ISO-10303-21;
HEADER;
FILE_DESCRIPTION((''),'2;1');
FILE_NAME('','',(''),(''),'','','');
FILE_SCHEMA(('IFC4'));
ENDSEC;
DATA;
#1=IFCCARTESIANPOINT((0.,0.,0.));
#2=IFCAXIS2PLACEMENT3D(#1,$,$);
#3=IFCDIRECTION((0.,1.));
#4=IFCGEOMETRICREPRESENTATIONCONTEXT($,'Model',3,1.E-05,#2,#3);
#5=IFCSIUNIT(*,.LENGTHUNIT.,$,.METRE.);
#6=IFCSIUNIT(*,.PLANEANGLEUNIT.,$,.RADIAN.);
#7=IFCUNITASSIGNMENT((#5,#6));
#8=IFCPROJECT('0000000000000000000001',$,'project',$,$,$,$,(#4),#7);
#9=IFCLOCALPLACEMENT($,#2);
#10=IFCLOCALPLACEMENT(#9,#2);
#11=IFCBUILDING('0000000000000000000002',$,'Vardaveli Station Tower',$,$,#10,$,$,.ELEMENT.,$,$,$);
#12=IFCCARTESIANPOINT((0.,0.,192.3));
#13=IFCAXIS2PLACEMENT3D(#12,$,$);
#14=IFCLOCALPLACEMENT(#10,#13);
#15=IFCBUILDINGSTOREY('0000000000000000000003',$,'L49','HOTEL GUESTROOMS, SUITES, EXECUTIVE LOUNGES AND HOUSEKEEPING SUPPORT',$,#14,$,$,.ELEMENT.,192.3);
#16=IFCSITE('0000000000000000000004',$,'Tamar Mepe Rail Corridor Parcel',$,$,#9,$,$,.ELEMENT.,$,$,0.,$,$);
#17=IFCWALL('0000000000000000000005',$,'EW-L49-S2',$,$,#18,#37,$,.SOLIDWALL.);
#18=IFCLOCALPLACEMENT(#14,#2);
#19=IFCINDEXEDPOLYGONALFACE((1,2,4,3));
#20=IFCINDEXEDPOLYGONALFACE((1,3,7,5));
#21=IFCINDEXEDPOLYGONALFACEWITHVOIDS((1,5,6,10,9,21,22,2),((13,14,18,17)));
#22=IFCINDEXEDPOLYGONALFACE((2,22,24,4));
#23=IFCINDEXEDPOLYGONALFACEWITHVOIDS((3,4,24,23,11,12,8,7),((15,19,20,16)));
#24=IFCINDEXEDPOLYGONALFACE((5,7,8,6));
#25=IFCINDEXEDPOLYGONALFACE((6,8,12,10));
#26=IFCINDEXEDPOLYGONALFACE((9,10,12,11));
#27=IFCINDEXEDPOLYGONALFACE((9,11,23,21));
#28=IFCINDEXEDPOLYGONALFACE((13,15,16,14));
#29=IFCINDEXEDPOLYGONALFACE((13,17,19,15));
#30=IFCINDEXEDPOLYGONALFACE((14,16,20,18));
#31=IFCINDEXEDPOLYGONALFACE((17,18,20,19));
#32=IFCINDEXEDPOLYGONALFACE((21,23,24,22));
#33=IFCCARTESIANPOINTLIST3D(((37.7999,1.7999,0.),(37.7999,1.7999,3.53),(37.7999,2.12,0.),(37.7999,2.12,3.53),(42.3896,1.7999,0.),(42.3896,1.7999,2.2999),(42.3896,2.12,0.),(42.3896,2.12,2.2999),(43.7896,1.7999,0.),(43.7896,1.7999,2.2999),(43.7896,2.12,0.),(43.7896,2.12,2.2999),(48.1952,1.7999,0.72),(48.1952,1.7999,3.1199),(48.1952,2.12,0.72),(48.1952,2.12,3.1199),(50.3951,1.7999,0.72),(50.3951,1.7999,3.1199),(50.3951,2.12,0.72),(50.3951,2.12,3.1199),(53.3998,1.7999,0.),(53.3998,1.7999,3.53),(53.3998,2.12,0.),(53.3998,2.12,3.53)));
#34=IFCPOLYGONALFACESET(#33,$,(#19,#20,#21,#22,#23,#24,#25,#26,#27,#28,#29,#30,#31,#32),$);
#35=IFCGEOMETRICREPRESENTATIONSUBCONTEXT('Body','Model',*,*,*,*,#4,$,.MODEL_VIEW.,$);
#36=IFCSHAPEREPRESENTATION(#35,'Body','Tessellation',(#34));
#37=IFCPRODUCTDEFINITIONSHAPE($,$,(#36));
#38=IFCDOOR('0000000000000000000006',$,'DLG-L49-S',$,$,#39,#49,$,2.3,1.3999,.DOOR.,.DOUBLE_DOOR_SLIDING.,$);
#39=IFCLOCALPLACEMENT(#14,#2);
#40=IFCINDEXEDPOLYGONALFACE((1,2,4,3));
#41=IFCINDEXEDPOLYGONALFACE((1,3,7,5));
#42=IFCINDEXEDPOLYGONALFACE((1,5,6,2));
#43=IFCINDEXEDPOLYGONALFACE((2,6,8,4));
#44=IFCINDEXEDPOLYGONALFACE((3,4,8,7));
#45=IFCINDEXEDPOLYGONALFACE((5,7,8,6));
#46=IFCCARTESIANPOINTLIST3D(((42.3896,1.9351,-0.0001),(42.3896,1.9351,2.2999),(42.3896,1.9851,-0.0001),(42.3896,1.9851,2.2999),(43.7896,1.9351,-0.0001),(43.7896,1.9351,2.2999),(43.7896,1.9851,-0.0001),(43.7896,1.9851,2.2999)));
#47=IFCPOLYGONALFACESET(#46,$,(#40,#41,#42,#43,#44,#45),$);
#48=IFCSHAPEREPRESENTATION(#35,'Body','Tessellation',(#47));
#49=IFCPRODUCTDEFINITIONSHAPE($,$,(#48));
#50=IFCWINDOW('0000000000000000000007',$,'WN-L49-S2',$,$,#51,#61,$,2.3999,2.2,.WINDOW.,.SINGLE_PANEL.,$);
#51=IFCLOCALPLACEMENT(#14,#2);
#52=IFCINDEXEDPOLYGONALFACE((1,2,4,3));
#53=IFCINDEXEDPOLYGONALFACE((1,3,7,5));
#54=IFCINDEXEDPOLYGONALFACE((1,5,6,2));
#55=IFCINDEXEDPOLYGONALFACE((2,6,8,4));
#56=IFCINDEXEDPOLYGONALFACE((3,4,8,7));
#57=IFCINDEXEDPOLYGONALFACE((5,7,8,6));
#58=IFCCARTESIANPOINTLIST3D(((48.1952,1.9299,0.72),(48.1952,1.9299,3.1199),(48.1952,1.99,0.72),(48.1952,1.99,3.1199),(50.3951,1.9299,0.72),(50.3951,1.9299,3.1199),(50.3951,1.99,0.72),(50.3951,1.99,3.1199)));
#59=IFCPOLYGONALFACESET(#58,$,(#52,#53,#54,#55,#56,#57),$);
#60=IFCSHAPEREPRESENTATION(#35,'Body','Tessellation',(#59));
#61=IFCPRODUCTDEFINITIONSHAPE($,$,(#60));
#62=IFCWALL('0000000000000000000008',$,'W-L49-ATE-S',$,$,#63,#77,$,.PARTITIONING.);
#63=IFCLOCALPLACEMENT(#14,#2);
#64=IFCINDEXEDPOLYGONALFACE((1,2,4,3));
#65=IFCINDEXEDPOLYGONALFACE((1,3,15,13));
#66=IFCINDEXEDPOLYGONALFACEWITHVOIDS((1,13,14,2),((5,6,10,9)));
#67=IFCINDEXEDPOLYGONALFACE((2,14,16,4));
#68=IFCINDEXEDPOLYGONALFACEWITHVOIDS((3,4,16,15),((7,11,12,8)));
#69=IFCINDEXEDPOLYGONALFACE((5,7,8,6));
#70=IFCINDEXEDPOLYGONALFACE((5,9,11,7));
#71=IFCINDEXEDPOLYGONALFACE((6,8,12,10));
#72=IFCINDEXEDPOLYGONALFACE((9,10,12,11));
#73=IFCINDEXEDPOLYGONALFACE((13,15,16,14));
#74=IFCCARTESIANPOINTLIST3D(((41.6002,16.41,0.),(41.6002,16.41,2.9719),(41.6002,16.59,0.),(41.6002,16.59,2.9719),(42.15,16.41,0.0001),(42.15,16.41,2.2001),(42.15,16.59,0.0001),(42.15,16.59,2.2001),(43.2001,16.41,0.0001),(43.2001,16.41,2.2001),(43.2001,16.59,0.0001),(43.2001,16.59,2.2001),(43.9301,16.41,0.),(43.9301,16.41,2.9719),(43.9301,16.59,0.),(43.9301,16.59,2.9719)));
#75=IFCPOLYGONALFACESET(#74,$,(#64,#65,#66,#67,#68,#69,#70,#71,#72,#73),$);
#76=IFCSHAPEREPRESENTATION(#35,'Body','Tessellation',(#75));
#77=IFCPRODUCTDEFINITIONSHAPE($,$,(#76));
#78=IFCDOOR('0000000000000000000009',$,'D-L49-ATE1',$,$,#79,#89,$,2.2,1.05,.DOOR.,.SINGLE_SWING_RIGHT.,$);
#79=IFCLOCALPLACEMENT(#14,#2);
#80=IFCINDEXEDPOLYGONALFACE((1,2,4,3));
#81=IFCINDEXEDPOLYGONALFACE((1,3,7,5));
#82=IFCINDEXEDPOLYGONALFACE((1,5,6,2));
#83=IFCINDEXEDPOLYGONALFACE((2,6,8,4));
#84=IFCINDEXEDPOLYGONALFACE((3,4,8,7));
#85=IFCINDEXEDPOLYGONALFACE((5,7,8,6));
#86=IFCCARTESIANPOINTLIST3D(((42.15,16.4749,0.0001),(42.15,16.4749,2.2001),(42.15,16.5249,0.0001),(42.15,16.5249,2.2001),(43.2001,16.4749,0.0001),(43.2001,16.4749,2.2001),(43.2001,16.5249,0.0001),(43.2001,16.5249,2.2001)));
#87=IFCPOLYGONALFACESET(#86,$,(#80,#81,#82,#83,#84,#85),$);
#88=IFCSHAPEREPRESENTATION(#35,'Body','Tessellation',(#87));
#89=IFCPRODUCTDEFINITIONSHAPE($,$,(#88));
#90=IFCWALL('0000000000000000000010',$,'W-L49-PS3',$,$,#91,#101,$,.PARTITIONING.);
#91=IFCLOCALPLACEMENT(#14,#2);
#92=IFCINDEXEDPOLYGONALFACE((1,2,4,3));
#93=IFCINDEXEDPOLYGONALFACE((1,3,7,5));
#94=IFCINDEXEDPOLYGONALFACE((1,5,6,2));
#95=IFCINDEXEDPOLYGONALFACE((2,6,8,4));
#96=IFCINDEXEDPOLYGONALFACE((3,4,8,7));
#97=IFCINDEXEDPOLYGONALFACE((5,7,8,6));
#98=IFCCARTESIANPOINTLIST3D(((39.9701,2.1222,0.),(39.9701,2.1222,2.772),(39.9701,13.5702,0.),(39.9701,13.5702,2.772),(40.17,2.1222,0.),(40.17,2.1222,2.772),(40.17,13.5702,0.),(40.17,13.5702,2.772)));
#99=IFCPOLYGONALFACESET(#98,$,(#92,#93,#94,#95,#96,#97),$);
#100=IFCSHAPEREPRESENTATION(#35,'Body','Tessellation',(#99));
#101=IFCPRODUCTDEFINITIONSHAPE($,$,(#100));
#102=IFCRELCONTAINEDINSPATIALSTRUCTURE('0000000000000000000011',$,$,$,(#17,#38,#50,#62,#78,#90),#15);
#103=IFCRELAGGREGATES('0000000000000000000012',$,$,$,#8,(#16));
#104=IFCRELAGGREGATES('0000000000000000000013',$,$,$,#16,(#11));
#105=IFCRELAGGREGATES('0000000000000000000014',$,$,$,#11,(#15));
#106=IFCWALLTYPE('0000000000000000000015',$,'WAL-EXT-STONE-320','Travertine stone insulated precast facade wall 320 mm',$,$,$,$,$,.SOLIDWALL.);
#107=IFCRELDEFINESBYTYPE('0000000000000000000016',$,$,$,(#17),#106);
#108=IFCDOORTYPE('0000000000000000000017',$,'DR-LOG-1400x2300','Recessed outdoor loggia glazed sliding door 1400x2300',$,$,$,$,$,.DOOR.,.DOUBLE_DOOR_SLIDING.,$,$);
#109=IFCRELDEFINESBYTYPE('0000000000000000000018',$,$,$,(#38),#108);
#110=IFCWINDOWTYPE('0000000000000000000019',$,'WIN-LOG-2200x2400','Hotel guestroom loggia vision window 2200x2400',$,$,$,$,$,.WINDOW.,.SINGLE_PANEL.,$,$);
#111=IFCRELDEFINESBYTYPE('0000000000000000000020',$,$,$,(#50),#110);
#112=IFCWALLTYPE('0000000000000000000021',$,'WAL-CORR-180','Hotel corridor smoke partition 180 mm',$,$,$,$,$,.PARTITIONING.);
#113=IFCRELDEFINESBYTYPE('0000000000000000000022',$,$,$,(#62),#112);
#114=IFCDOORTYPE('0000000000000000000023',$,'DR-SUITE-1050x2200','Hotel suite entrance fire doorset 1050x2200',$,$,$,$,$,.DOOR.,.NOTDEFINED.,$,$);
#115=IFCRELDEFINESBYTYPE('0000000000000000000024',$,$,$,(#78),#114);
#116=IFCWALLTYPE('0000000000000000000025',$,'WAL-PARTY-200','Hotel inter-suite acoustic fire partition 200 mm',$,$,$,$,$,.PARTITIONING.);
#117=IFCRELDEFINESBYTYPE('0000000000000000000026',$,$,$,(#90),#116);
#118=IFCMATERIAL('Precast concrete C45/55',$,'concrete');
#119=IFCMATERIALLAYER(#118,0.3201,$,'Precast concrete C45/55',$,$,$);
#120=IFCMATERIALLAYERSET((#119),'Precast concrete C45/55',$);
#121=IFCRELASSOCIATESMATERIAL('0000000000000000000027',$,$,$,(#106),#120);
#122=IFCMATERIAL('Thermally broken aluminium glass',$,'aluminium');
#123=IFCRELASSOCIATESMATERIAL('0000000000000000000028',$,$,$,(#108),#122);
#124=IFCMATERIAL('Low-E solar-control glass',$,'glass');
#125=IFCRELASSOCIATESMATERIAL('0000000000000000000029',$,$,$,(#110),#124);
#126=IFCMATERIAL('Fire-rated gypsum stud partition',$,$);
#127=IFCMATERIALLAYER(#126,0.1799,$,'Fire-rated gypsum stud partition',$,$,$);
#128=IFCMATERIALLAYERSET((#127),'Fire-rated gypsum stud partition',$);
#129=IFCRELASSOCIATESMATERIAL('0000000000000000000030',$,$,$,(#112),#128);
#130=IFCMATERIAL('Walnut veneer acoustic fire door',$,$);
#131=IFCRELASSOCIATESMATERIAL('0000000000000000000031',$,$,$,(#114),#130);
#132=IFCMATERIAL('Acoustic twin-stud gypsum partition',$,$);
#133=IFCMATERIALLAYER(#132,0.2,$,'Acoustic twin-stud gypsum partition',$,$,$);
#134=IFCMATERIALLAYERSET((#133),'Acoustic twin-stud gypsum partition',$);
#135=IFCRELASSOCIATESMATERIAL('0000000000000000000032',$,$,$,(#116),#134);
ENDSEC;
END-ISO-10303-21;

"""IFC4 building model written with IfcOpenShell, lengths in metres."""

from ifc_helpers import new_model, si_unit, direction, frame, frame_2d, origin, place, context, subcontext, project, spatial, rectangle, extrude, source, transform, mapped, material, layer, layer_set, type_object, element, fill, save


model = new_model("IFC4")

# Units and contexts
model_context = context("Model", 3, precision=1e-05, world=origin(), true_north=direction((0.0, 1.0)))
body_context = subcontext(model_context, "Body", "Model", "MODEL_VIEW")
ifc_project = project(units=[si_unit("LENGTHUNIT", "METRE"), si_unit("PLANEANGLEUNIT", "RADIAN")], contexts=[model_context])

# Site, building, storey
site_placement = place(None, origin())
site = spatial("IfcSite", under=ifc_project, at=site_placement, Name="Tamar Mepe Rail Corridor Parcel", CompositionType="ELEMENT", RefElevation=0.0)
building_placement = place(site_placement, origin())
building = spatial("IfcBuilding", under=site, at=building_placement, Name="Vardaveli Station Tower", CompositionType="ELEMENT")
storey_placement = place(building_placement, frame((0.0, 0.0, 192.3)))
storey = spatial("IfcBuildingStorey", under=building, at=storey_placement, Name="L49", Description="HOTEL GUESTROOMS, SUITES, EXECUTIVE LOUNGES AND HOUSEKEEPING SUPPORT", CompositionType="ELEMENT", Elevation=192.3)

# Shared definitions
ifc_material_1 = material(Name="Precast concrete C45/55", Category="concrete")

# Wall, openings, door, window
ifc_layer_1 = layer(ifc_material_1, 0.3201, Name="Precast concrete C45/55")
ifc_layer_set_1 = layer_set([ifc_layer_1], Name="Precast concrete C45/55")
wall_type_1 = type_object("IfcWallType", Name="WAL-EXT-STONE-320", Description="Travertine stone insulated precast facade wall 320 mm", PredefinedType="SOLIDWALL", material=ifc_layer_set_1)
shared_shape_1 = source(origin(), body_context, "Body", "SweptSolid", [
    extrude(rectangle(XDim=15.5999, YDim=0.3201, at=frame_2d((7.7998, 0.0))), origin(), (0.0, 0.0, 1.0), 3.53),
])
wall_1_placement = place(storey_placement, frame((37.8, 1.96, 0.0), z_axis=(0.0, 0.0, 1.0), x_axis=(1.0, 0.0, 0.0)))
wall_1 = element("IfcWall", 1, at=wall_1_placement, inside=storey, type_object=wall_type_1, Name="EW-L49-S2", PredefinedType="SOLIDWALL", context=body_context, shape_type="MappedRepresentation", body=[
    mapped(shared_shape_1, transform((0.0, 0.0, 0.0), scale=1.0)),
])
shared_shape_2 = source(origin(), body_context, "Body", "SweptSolid", [
    extrude(rectangle(XDim=1.3999, YDim=2.3, at=frame_2d((0.7, 1.1499))), frame((0.0, 0.1699, 0.0), z_axis=(0.0, -1.0, 0.0), x_axis=(1.0, 0.0, 0.0)), (0.0, 0.0, 1.0), 0.3401),
])
opening_1_placement = place(wall_1_placement, frame((4.5896, 0.0, 0.0)))
opening_1 = element("IfcOpeningElement", 2, at=opening_1_placement, cuts=wall_1, PredefinedType="OPENING", context=body_context, shape_type="MappedRepresentation", body=[
    mapped(shared_shape_2, transform((0.0, 0.0, 0.0), scale=1.0)),
])
shared_shape_3 = source(origin(), body_context, "Body", "SweptSolid", [
    extrude(rectangle(XDim=2.2, YDim=2.3999, at=frame_2d((1.1001, 1.2))), frame((0.0, 0.1699, 0.0), z_axis=(0.0, -1.0, 0.0), x_axis=(1.0, 0.0, 0.0)), (0.0, 0.0, 1.0), 0.3401),
])
opening_2_placement = place(wall_1_placement, frame((10.395, 0.0, 0.72)))
opening_2 = element("IfcOpeningElement", 3, at=opening_2_placement, cuts=wall_1, PredefinedType="OPENING", context=body_context, shape_type="MappedRepresentation", body=[
    mapped(shared_shape_3, transform((0.0, 0.0, 0.0), scale=1.0)),
])
ifc_material_2 = material(Name="Thermally broken aluminium glass", Category="aluminium")
door_type_1 = type_object("IfcDoorType", Name="DR-LOG-1400x2300", Description="Recessed outdoor loggia glazed sliding door 1400x2300", OperationType="DOUBLE_DOOR_SLIDING", PredefinedType="DOOR", material=ifc_material_2)
shared_shape_4 = source(origin(), body_context, "Body", "SweptSolid", [
    extrude(rectangle(XDim=1.3999, YDim=2.3, at=frame_2d((0.7, 1.1499))), frame((0.0, 0.0249, 0.0), z_axis=(0.0, -1.0, 0.0), x_axis=(1.0, 0.0, 0.0)), (0.0, 0.0, 1.0), 0.05),
])
door_1_placement = place(opening_1_placement, frame((1.3999, 0.0, 0.0), z_axis=(0.0, 0.0, 1.0), x_axis=(-1.0, 0.0, 0.0)))
door_1 = element("IfcDoor", 4, at=door_1_placement, inside=storey, type_object=door_type_1, Name="DLG-L49-S", OperationType="DOUBLE_DOOR_SLIDING", OverallHeight=2.3, OverallWidth=1.3999, PredefinedType="DOOR", context=body_context, shape_type="MappedRepresentation", body=[
    mapped(shared_shape_4, transform((0.0, 0.0, 0.0), scale=1.0)),
])
fill(opening_1, door_1)
ifc_material_3 = material(Name="Low-E solar-control glass", Category="glass")
window_type = type_object("IfcWindowType", Name="WIN-LOG-2200x2400", Description="Hotel guestroom loggia vision window 2200x2400", PartitioningType="SINGLE_PANEL", PredefinedType="WINDOW", material=ifc_material_3)
shared_shape_5 = source(origin(), body_context, "Body", "SweptSolid", [
    extrude(rectangle(XDim=2.2, YDim=2.3999, at=frame_2d((1.1001, 1.2))), frame((0.0, 0.03, 0.0), z_axis=(0.0, -1.0, 0.0), x_axis=(1.0, 0.0, 0.0)), (0.0, 0.0, 1.0), 0.0601),
])
window_placement = place(opening_2_placement, origin())
window = element("IfcWindow", 5, at=window_placement, inside=storey, type_object=window_type, Name="WN-L49-S2", OverallHeight=2.3999, OverallWidth=2.2, PartitioningType="SINGLE_PANEL", PredefinedType="WINDOW", context=body_context, shape_type="MappedRepresentation", body=[
    mapped(shared_shape_5, transform((0.0, 0.0, 0.0), scale=1.0)),
])
fill(opening_2, window)

# Wall, opening, door
ifc_material_4 = material(Name="Fire-rated gypsum stud partition")
ifc_layer_2 = layer(ifc_material_4, 0.1799, Name="Fire-rated gypsum stud partition")
ifc_layer_set_2 = layer_set([ifc_layer_2], Name="Fire-rated gypsum stud partition")
wall_type_2 = type_object("IfcWallType", Name="WAL-CORR-180", Description="Hotel corridor smoke partition 180 mm", PredefinedType="PARTITIONING", material=ifc_layer_set_2)
shared_shape_6 = source(origin(), body_context, "Body", "SweptSolid", [
    extrude(rectangle(XDim=2.3298, YDim=0.1799, at=frame_2d((1.165, 0.0))), origin(), (0.0, 0.0, 1.0), 2.9719),
])
wall_2_placement = place(storey_placement, frame((41.6001, 16.5, 0.0), z_axis=(0.0, 0.0, 1.0), x_axis=(1.0, 0.0, 0.0)))
wall_2 = element("IfcWall", 6, at=wall_2_placement, inside=storey, type_object=wall_type_2, Name="W-L49-ATE-S", PredefinedType="PARTITIONING", context=body_context, shape_type="MappedRepresentation", body=[
    mapped(shared_shape_6, transform((0.0, 0.0, 0.0), scale=1.0)),
])
shared_shape_7 = source(origin(), body_context, "Body", "SweptSolid", [
    extrude(rectangle(XDim=1.05, YDim=2.2, at=frame_2d((0.5249, 1.1001))), frame((0.0, 0.1001, 0.0), z_axis=(0.0, -1.0, 0.0), x_axis=(1.0, 0.0, 0.0)), (0.0, 0.0, 1.0), 0.2),
])
opening_3_placement = place(wall_2_placement, frame((0.55, 0.0, 0.0)))
opening_3 = element("IfcOpeningElement", 7, at=opening_3_placement, cuts=wall_2, PredefinedType="OPENING", context=body_context, shape_type="MappedRepresentation", body=[
    mapped(shared_shape_7, transform((0.0, 0.0, 0.0), scale=1.0)),
])
ifc_material_5 = material(Name="Walnut veneer acoustic fire door")
door_type_2 = type_object("IfcDoorType", Name="DR-SUITE-1050x2200", Description="Hotel suite entrance fire doorset 1050x2200", OperationType="NOTDEFINED", PredefinedType="DOOR", material=ifc_material_5)
shared_shape_8 = source(origin(), body_context, "Body", "SweptSolid", [
    extrude(rectangle(XDim=1.05, YDim=2.2, at=frame_2d((0.5249, 1.1001))), frame((0.0, 0.0249, 0.0), z_axis=(0.0, -1.0, 0.0), x_axis=(1.0, 0.0, 0.0)), (0.0, 0.0, 1.0), 0.05),
])
door_2_placement = place(opening_3_placement, origin())
door_2 = element("IfcDoor", 8, at=door_2_placement, inside=storey, type_object=door_type_2, Name="D-L49-ATE1", OperationType="SINGLE_SWING_RIGHT", OverallHeight=2.2, OverallWidth=1.05, PredefinedType="DOOR", context=body_context, shape_type="MappedRepresentation", body=[
    mapped(shared_shape_8, transform((0.0, 0.0, 0.0), scale=1.0)),
])
fill(opening_3, door_2)

# Wall
ifc_material_6 = material(Name="Acoustic twin-stud gypsum partition")
ifc_layer_3 = layer(ifc_material_6, 0.2, Name="Acoustic twin-stud gypsum partition")
ifc_layer_set_3 = layer_set([ifc_layer_3], Name="Acoustic twin-stud gypsum partition")
wall_type_3 = type_object("IfcWallType", Name="WAL-PARTY-200", Description="Hotel inter-suite acoustic fire partition 200 mm", PredefinedType="PARTITIONING", material=ifc_layer_set_3)
shared_shape_9 = source(origin(), body_context, "Body", "SweptSolid", [
    extrude(rectangle(XDim=11.448, YDim=0.2, at=frame_2d((5.7241, 0.0))), origin(), (0.0, 0.0, 1.0), 2.772),
])
wall_3_placement = place(storey_placement, frame((40.0701, 2.1221, 0.0), z_axis=(0.0, 0.0, 1.0), x_axis=(0.0, 1.0, 0.0)))
element("IfcWall", 9, at=wall_3_placement, inside=storey, type_object=wall_type_3, Name="W-L49-PS3", PredefinedType="PARTITIONING", context=body_context, shape_type="MappedRepresentation", body=[
    mapped(shared_shape_9, transform((0.0, 0.0, 0.0), scale=1.0)),
])

save(model, "model.ifc")
